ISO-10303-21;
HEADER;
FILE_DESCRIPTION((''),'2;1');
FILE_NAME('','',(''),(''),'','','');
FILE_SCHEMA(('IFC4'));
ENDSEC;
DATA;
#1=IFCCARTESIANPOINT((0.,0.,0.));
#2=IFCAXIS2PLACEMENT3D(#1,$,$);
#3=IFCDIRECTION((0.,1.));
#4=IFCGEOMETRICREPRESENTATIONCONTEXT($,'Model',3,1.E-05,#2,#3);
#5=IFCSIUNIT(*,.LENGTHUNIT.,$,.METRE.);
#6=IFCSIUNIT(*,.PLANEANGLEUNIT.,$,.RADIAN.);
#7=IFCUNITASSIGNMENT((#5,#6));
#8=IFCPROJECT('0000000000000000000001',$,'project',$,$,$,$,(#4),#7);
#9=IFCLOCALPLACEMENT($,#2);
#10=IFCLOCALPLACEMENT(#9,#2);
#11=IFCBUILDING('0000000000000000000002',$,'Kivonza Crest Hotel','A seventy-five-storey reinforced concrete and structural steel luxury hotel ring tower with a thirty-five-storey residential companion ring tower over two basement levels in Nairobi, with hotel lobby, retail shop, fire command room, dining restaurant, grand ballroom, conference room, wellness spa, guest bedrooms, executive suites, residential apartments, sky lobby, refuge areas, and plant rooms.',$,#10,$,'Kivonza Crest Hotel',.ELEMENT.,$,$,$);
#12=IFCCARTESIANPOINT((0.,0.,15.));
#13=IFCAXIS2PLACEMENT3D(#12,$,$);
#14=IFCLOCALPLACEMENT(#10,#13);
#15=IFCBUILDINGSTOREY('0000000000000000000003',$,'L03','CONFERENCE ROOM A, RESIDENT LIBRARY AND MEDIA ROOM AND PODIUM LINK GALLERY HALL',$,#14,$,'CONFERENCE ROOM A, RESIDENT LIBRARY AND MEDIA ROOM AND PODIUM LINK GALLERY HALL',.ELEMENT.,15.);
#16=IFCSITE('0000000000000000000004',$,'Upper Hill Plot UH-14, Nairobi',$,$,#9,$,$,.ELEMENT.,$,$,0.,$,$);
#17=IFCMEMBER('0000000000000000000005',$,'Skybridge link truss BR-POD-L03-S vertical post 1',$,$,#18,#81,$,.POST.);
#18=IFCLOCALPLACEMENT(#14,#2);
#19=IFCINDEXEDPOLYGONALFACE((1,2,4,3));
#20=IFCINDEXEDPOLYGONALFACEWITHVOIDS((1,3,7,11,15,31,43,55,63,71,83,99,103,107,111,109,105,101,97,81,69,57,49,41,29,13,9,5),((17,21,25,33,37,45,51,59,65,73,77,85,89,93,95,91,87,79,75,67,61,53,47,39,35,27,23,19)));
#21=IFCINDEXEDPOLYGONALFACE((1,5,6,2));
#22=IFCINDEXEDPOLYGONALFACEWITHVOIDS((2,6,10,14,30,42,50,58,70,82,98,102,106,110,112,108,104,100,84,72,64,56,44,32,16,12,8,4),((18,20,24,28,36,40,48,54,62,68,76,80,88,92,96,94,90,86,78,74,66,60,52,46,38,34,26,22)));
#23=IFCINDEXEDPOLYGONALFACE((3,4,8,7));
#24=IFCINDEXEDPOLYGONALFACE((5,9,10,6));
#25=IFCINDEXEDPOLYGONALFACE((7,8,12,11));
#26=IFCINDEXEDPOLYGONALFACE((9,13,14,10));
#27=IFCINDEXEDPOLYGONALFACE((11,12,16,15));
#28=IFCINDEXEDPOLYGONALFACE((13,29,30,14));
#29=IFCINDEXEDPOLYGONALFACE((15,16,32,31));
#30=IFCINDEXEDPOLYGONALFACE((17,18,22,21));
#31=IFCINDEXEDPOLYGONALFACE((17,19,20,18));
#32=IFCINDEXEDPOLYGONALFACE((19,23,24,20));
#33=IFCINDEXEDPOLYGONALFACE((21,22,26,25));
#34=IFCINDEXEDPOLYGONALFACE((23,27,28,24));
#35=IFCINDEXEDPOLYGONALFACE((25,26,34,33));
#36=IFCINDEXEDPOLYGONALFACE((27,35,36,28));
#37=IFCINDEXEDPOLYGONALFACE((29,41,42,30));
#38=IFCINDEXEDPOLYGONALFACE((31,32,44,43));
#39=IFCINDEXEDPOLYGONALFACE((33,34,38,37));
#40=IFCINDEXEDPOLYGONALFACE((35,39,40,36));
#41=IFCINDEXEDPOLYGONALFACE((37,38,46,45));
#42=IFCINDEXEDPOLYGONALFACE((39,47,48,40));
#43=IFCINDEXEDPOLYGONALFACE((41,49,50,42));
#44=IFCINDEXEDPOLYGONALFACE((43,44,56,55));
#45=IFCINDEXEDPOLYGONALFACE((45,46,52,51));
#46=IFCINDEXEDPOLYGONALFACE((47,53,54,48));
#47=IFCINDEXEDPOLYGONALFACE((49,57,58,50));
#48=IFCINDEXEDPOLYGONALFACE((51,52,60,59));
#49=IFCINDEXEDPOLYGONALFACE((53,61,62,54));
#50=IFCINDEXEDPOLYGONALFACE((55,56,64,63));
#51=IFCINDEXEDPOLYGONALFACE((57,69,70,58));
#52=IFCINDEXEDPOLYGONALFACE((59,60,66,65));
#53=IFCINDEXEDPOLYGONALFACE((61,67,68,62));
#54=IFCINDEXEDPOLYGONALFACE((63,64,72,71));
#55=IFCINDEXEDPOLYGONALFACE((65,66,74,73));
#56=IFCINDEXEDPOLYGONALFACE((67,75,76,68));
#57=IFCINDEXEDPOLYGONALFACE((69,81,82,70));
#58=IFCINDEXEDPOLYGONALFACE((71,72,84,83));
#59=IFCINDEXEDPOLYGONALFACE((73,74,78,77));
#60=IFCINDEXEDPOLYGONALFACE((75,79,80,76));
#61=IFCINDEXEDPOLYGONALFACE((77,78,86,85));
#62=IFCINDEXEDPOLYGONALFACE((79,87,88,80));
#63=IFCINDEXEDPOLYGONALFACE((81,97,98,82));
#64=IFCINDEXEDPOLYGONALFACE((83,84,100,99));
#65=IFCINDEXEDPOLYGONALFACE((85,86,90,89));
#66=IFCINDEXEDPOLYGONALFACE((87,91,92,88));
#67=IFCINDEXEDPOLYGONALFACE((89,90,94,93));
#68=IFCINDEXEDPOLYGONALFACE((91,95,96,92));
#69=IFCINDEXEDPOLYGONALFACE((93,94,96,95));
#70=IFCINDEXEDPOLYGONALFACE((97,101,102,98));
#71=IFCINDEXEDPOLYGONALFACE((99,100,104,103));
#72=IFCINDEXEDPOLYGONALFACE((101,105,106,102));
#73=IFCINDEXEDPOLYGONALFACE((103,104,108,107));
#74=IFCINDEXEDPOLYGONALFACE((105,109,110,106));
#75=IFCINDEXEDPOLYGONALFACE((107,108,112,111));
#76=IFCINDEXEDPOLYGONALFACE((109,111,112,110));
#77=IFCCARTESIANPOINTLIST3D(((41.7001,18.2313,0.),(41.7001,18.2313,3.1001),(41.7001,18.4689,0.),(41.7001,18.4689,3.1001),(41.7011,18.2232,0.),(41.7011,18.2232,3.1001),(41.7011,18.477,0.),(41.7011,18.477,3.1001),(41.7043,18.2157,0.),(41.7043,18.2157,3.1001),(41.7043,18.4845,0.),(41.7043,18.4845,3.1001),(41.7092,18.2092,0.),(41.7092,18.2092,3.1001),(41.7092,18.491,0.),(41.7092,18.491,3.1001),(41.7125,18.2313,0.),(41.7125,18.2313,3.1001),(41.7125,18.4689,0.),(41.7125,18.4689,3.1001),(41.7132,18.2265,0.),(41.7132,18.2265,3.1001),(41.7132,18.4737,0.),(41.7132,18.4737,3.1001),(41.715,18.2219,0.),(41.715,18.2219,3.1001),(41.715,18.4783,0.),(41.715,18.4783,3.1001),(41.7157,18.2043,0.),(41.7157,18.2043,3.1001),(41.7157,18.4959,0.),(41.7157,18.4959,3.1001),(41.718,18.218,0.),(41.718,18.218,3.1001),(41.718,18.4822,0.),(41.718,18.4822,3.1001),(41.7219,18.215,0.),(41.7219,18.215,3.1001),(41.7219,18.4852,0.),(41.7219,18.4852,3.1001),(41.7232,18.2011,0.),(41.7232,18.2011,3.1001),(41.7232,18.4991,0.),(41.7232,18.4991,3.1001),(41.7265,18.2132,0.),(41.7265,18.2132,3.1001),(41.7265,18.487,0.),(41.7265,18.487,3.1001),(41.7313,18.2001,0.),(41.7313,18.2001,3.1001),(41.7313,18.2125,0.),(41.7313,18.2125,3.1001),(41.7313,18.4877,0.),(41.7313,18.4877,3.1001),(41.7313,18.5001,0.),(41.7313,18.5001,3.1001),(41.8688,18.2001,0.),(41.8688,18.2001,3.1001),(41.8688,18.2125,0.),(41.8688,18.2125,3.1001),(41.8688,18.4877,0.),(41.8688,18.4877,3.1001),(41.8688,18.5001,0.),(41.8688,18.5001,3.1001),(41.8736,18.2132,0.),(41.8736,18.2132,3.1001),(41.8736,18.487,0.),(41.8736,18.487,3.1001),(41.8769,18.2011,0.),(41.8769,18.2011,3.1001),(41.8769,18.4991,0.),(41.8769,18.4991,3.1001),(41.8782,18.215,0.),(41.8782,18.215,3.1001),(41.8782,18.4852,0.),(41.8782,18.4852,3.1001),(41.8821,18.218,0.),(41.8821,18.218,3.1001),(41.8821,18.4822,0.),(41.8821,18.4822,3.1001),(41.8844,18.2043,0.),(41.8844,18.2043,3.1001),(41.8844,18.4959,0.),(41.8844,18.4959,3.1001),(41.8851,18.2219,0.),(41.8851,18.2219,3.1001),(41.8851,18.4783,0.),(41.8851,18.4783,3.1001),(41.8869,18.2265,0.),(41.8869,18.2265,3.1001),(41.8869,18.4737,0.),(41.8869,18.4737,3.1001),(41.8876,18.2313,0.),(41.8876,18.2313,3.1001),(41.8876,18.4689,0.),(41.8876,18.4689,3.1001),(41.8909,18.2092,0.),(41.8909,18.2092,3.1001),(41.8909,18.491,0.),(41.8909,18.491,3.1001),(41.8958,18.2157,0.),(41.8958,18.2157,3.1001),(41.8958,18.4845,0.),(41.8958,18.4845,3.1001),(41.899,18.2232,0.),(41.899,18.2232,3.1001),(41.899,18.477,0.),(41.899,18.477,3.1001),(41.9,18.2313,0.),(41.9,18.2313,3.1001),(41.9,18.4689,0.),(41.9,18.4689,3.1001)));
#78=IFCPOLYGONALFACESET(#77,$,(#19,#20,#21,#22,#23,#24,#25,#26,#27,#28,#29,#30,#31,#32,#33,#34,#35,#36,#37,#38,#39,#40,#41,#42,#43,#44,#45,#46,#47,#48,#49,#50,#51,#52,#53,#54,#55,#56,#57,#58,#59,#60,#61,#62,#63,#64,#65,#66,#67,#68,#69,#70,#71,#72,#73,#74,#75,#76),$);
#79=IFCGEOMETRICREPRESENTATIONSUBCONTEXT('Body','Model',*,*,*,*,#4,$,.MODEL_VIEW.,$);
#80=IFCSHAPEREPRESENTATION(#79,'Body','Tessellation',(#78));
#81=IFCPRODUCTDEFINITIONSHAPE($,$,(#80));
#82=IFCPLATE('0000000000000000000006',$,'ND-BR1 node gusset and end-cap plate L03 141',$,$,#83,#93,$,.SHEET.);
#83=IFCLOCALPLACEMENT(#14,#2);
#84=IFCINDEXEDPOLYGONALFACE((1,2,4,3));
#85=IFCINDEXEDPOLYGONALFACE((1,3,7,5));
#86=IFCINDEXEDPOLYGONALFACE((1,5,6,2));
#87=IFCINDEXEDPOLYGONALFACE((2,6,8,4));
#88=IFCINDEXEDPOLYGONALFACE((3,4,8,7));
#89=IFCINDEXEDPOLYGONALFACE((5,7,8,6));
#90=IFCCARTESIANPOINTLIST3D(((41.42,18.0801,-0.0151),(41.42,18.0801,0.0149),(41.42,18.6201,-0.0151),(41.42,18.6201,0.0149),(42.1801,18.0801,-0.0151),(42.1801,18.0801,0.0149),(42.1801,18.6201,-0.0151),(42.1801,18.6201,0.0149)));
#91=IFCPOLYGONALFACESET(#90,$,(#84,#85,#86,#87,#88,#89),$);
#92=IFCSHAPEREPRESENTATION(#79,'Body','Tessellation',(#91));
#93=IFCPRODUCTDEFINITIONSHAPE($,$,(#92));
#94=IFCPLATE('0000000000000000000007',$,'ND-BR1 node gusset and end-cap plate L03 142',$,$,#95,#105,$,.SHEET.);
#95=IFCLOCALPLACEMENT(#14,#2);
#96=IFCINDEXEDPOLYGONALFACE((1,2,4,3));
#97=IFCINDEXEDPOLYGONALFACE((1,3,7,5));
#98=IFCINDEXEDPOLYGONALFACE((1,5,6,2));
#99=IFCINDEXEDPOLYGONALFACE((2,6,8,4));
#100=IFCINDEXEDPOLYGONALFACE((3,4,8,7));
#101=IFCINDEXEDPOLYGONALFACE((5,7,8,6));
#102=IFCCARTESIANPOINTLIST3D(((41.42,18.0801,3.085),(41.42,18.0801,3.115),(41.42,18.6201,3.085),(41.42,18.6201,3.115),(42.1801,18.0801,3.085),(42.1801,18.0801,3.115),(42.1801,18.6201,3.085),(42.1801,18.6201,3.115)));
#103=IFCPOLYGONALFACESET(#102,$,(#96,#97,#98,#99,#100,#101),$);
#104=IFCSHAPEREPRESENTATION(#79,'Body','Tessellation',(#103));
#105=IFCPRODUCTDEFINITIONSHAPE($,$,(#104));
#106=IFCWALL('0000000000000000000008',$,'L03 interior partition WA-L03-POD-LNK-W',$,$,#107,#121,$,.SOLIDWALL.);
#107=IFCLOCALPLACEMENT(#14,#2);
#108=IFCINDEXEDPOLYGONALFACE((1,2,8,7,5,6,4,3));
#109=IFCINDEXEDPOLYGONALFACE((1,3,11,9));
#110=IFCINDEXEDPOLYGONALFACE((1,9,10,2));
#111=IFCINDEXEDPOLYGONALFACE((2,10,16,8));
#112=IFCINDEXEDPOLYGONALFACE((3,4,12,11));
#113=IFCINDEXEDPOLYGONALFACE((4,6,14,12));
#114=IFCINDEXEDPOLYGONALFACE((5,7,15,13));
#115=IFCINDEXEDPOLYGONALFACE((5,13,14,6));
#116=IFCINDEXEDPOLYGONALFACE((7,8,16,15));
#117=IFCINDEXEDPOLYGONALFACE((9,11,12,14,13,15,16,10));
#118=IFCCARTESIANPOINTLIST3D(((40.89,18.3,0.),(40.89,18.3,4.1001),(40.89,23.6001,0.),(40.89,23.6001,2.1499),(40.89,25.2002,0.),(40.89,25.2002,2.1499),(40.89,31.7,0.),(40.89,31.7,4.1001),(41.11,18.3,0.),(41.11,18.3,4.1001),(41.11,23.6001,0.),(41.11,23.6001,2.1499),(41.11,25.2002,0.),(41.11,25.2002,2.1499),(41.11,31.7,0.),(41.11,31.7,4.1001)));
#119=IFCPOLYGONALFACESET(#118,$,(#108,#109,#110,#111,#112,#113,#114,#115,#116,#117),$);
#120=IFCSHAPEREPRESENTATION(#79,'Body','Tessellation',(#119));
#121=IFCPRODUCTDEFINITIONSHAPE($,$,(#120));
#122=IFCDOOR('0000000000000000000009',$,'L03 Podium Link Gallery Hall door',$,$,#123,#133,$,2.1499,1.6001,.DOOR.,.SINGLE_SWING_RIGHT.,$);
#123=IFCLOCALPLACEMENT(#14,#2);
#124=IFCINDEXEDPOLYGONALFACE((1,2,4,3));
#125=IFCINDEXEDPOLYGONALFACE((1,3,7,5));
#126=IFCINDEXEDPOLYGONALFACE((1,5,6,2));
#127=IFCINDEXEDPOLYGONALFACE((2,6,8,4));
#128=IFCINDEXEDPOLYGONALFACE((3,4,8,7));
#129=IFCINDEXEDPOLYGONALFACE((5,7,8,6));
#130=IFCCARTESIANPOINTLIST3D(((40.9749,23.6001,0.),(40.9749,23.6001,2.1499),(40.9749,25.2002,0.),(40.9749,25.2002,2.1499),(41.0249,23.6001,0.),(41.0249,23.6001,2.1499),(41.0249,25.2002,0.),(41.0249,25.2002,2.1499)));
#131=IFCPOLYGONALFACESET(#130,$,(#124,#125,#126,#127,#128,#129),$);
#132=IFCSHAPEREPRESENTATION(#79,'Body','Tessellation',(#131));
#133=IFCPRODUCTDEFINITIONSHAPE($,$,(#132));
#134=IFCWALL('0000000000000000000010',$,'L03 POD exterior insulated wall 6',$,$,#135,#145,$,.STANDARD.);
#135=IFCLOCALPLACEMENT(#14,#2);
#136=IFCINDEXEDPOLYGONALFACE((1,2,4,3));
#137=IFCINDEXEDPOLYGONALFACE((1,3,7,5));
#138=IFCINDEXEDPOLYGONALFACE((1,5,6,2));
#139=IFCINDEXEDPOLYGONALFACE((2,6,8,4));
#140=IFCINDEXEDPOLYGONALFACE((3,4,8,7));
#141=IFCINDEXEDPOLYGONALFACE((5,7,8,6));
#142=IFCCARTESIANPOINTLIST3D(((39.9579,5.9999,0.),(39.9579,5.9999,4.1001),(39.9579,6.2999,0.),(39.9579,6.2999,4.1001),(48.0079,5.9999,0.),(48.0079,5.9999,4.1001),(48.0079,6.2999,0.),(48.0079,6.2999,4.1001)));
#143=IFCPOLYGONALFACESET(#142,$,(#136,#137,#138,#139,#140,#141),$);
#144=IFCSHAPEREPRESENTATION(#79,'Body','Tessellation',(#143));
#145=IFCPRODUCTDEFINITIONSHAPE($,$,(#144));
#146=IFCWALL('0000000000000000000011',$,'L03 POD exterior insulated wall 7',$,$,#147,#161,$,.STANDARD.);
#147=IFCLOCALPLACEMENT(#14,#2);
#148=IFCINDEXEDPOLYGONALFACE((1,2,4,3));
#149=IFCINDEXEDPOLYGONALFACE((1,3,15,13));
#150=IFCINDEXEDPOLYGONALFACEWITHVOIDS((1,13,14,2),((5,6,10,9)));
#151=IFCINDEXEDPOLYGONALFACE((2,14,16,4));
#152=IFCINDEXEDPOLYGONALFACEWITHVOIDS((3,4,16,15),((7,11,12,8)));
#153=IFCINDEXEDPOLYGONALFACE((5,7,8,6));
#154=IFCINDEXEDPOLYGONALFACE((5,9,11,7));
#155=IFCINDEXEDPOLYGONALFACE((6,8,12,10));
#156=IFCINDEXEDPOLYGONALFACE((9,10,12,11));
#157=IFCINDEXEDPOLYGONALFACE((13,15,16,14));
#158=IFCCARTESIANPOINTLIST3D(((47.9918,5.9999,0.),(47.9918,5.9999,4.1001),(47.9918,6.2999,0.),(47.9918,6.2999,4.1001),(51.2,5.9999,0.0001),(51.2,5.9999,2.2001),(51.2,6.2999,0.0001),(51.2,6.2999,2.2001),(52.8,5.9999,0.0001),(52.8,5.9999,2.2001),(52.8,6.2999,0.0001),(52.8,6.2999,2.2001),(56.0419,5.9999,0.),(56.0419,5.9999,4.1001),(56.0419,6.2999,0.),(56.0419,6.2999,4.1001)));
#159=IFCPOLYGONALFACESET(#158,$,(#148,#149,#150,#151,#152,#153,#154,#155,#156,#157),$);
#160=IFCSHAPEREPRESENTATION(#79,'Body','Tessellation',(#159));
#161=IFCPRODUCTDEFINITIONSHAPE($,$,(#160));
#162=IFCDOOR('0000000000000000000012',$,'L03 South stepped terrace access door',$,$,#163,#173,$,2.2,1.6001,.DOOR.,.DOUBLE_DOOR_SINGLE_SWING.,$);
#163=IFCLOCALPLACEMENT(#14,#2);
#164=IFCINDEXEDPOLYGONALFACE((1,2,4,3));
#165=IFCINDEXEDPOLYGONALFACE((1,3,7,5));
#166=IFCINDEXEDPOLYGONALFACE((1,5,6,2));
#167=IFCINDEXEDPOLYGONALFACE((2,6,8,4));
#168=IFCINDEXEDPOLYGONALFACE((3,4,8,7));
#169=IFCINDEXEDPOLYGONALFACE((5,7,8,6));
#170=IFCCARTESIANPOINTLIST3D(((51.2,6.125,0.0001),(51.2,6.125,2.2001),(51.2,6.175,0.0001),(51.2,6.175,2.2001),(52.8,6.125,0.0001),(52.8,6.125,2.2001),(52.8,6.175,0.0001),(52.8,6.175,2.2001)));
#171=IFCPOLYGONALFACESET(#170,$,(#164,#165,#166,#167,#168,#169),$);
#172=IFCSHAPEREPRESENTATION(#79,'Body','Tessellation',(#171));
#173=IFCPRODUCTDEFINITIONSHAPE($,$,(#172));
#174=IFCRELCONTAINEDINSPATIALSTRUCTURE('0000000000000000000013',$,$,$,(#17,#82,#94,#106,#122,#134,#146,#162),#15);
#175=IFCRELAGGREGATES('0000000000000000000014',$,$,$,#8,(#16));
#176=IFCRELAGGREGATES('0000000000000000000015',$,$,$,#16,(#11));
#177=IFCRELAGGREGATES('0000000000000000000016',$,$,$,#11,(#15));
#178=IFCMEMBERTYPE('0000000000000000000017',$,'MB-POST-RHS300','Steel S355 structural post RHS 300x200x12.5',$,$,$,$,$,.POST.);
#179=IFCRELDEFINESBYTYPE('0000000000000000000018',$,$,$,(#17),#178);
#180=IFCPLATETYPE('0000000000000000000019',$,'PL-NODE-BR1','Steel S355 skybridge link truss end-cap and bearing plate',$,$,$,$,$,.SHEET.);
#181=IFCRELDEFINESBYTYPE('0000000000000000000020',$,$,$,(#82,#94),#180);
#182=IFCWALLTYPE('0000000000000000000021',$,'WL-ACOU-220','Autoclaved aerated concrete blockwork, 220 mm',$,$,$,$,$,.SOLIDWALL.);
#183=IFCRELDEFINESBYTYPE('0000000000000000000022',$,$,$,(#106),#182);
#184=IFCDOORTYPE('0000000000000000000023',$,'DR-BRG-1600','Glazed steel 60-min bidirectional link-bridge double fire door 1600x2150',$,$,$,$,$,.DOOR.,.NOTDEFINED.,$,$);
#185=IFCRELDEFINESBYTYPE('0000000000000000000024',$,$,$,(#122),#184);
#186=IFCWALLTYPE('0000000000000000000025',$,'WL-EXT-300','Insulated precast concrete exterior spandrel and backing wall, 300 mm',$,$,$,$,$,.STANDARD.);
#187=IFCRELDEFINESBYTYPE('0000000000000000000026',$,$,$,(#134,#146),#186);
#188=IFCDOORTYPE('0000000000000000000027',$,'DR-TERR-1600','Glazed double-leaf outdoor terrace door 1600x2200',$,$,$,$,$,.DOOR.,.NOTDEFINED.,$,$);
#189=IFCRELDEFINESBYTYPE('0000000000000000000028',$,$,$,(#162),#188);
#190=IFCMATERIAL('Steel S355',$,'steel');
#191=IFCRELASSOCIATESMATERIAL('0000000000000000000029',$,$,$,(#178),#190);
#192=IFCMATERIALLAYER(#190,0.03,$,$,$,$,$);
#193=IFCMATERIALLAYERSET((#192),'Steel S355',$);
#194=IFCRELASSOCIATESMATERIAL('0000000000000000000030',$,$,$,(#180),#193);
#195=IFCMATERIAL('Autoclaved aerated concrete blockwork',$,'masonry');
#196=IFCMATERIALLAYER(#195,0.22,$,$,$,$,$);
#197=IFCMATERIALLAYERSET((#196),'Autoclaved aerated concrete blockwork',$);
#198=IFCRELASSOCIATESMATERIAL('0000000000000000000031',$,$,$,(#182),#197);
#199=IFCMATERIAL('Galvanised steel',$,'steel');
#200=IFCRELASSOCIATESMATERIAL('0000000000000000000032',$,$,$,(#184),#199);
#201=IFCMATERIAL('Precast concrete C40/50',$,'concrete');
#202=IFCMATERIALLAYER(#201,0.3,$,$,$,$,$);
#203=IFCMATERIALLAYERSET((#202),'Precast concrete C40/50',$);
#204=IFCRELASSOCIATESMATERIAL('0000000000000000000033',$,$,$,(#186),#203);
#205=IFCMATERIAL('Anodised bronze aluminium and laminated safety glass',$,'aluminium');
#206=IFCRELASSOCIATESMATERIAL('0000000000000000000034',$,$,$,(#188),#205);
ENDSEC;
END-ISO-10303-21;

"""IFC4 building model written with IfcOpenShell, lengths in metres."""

from ifc_helpers import new_model, si_unit, direction, frame, frame_2d, origin, origin_2d, place, context, subcontext, project, spatial, rectangle, hollow_rectangle, extrude, material, layer, layer_set, material_profile, profile_set, type_object, element, fill, save


model = new_model("IFC4")

# Units and contexts
model_context = context("Model", 3, precision=1e-05, world=origin(), true_north=direction((0.0, 1.0)))
body_context = subcontext(model_context, "Body", "Model", "MODEL_VIEW")
ifc_project = project(units=[si_unit("LENGTHUNIT", "METRE"), si_unit("PLANEANGLEUNIT", "RADIAN")], contexts=[model_context])

# Site, building, storey
site_placement = place(None, origin())
site = spatial("IfcSite", under=ifc_project, at=site_placement, Name="Upper Hill Plot UH-14, Nairobi", CompositionType="ELEMENT", RefElevation=0.0)
building_placement = place(site_placement, origin())
building = spatial("IfcBuilding", under=site, at=building_placement, Name="Kivonza Crest Hotel", Description="A seventy-five-storey reinforced concrete and structural steel luxury hotel ring tower with a thirty-five-storey residential companion ring tower over two basement levels in Nairobi, with hotel lobby, retail shop, fire command room, dining restaurant, grand ballroom, conference room, wellness spa, guest bedrooms, executive suites, residential apartments, sky lobby, refuge areas, and plant rooms.", LongName="Kivonza Crest Hotel", CompositionType="ELEMENT")
storey_placement = place(building_placement, frame((0.0, 0.0, 15.0)))
storey = spatial("IfcBuildingStorey", under=building, at=storey_placement, Name="L03", Description="CONFERENCE ROOM A, RESIDENT LIBRARY AND MEDIA ROOM AND PODIUM LINK GALLERY HALL", LongName="CONFERENCE ROOM A, RESIDENT LIBRARY AND MEDIA ROOM AND PODIUM LINK GALLERY HALL", CompositionType="ELEMENT", Elevation=15.0)

# Shared definitions
ifc_material_1 = material(Name="Steel S355", Category="steel")

# Member
ifc_material_profile_1 = material_profile(ifc_material_1, hollow_rectangle(XDim=0.2, YDim=0.3, WallThickness=0.0125, InnerFilletRadius=0.0188, OuterFilletRadius=0.0312, at=origin_2d()), Name="RHS 300x200x12.5")
ifc_profile_set_1 = profile_set([ifc_material_profile_1], Name="Steel S355")
member_type_1 = type_object("IfcMemberType", Name="MB-POST-RHS300", Description="Steel S355 structural post RHS 300x200x12.5", PredefinedType="POST", material=ifc_profile_set_1)
member_1_placement = place(storey_placement, frame((41.8, 18.3501, 0.0), z_axis=(0.0, 0.0, 1.0), x_axis=(1.0, 0.0, 0.0)))
element("IfcMember", 1, at=member_1_placement, inside=storey, type_object=member_type_1, Name="Skybridge link truss BR-POD-L03-S vertical post 1", PredefinedType="POST", context=body_context, shape_type="SweptSolid", body=[
    extrude(hollow_rectangle(XDim=0.2, YDim=0.3, WallThickness=0.0125, InnerFilletRadius=0.0188, OuterFilletRadius=0.0312, at=origin_2d()), origin(), (0.0, 0.0, 1.0), 3.1001),
])

# Plates
ifc_layer_1 = layer(ifc_material_1, 0.03)
ifc_layer_set_1 = layer_set([ifc_layer_1], Name="Steel S355")
plate_type = type_object("IfcPlateType", Name="PL-NODE-BR1", Description="Steel S355 skybridge link truss end-cap and bearing plate", PredefinedType="SHEET", material=ifc_layer_set_1)
for number, where, z_axis, x_axis, name in (
    (2, (41.8, 18.3501, -0.0151), (0.0, 0.0, 1.0), (1.0, 0.0, 0.0), "ND-BR1 node gusset and end-cap plate L03 141"),
    (3, (41.8, 18.3501, 3.085), (0.0, 0.0, 1.0), (1.0, 0.0, 0.0), "ND-BR1 node gusset and end-cap plate L03 142"),
):
    element("IfcPlate", number, at=place(storey_placement, frame(where, z_axis=z_axis, x_axis=x_axis)), inside=storey, type_object=plate_type, Name=name, PredefinedType="SHEET", context=body_context, shape_type="SweptSolid", body=[
        extrude(rectangle(XDim=0.76, YDim=0.54, at=origin_2d()), origin(), (0.0, 0.0, 1.0), 0.03),
    ])

# Wall, opening, door
ifc_material_2 = material(Name="Autoclaved aerated concrete blockwork", Category="masonry")
ifc_layer_2 = layer(ifc_material_2, 0.22)
ifc_layer_set_2 = layer_set([ifc_layer_2], Name="Autoclaved aerated concrete blockwork")
wall_type_1 = type_object("IfcWallType", Name="WL-ACOU-220", Description="Autoclaved aerated concrete blockwork, 220 mm", PredefinedType="SOLIDWALL", material=ifc_layer_set_2)
wall_1_placement = place(storey_placement, frame((41.0, 18.3, 0.0), z_axis=(0.0, 0.0, 1.0), x_axis=(0.0, 1.0, 0.0)))
wall_1 = element("IfcWall", 4, at=wall_1_placement, inside=storey, type_object=wall_type_1, Name="L03 interior partition WA-L03-POD-LNK-W", PredefinedType="SOLIDWALL", context=body_context, shape_type="SweptSolid", body=[
    extrude(rectangle(XDim=13.3999, YDim=0.22, at=frame_2d((6.7, 0.0))), origin(), (0.0, 0.0, 1.0), 4.1001),
])
opening_1_placement = place(wall_1_placement, frame((5.3, 0.0, 0.0)))
opening_1 = element("IfcOpeningElement", 5, at=opening_1_placement, cuts=wall_1, PredefinedType="OPENING", context=body_context, shape_type="SweptSolid", body=[
    extrude(rectangle(XDim=1.6001, YDim=2.1499, at=frame_2d((0.8, 1.075))), frame((0.0, 0.1201, 0.0), z_axis=(0.0, -1.0, 0.0), x_axis=(1.0, 0.0, 0.0)), (0.0, 0.0, 1.0), 0.24),
])
ifc_material_3 = material(Name="Galvanised steel", Category="steel")
door_type_1 = type_object("IfcDoorType", Name="DR-BRG-1600", Description="Glazed steel 60-min bidirectional link-bridge double fire door 1600x2150", OperationType="NOTDEFINED", PredefinedType="DOOR", material=ifc_material_3)
door_1_placement = place(opening_1_placement, frame((1.6001, 0.0, 0.0), z_axis=(0.0, 0.0, 1.0), x_axis=(-1.0, 0.0, 0.0)))
door_1 = element("IfcDoor", 6, at=door_1_placement, inside=storey, type_object=door_type_1, Name="L03 Podium Link Gallery Hall door", OperationType="SINGLE_SWING_RIGHT", OverallHeight=2.1499, OverallWidth=1.6001, PredefinedType="DOOR", context=body_context, shape_type="SweptSolid", body=[
    extrude(rectangle(XDim=1.6001, YDim=2.1499, at=frame_2d((0.8, 1.075))), frame((0.0, 0.0249, 0.0), z_axis=(0.0, -1.0, 0.0), x_axis=(1.0, 0.0, 0.0)), (0.0, 0.0, 1.0), 0.05),
])
fill(opening_1, door_1)

# Wall
ifc_material_4 = material(Name="Precast concrete C40/50", Category="concrete")
ifc_layer_3 = layer(ifc_material_4, 0.3)
ifc_layer_set_3 = layer_set([ifc_layer_3], Name="Precast concrete C40/50")
wall_type_2 = type_object("IfcWallType", Name="WL-EXT-300", Description="Insulated precast concrete exterior spandrel and backing wall, 300 mm", PredefinedType="STANDARD", material=ifc_layer_set_3)
wall_2_placement = place(storey_placement, frame((39.958, 6.1499, 0.0), z_axis=(0.0, 0.0, 1.0), x_axis=(1.0, 0.0, 0.0)))
element("IfcWall", 7, at=wall_2_placement, inside=storey, type_object=wall_type_2, Name="L03 POD exterior insulated wall 6", PredefinedType="STANDARD", context=body_context, shape_type="SweptSolid", body=[
    extrude(rectangle(XDim=8.05, YDim=0.3, at=frame_2d((4.0249, 0.0))), origin(), (0.0, 0.0, 1.0), 4.1001),
])

# Wall, opening, door
wall_3_placement = place(storey_placement, frame((47.9919, 6.1499, 0.0), z_axis=(0.0, 0.0, 1.0), x_axis=(1.0, 0.0, 0.0)))
wall_3 = element("IfcWall", 8, at=wall_3_placement, inside=storey, type_object=wall_type_2, Name="L03 POD exterior insulated wall 7", PredefinedType="STANDARD", context=body_context, shape_type="SweptSolid", body=[
    extrude(rectangle(XDim=8.05, YDim=0.3, at=frame_2d((4.0249, 0.0))), origin(), (0.0, 0.0, 1.0), 4.1001),
])
opening_2_placement = place(wall_3_placement, frame((3.208, 0.0, 0.0)))
opening_2 = element("IfcOpeningElement", 9, at=opening_2_placement, cuts=wall_3, PredefinedType="OPENING", context=body_context, shape_type="SweptSolid", body=[
    extrude(rectangle(XDim=1.6001, YDim=2.2, at=frame_2d((0.8, 1.1001))), frame((0.0, 0.1602, 0.0), z_axis=(0.0, -1.0, 0.0), x_axis=(1.0, 0.0, 0.0)), (0.0, 0.0, 1.0), 0.3201),
])
ifc_material_5 = material(Name="Anodised bronze aluminium and laminated safety glass", Category="aluminium")
door_type_2 = type_object("IfcDoorType", Name="DR-TERR-1600", Description="Glazed double-leaf outdoor terrace door 1600x2200", OperationType="NOTDEFINED", PredefinedType="DOOR", material=ifc_material_5)
door_2_placement = place(opening_2_placement, frame((1.6001, 0.0, 0.0), z_axis=(0.0, 0.0, 1.0), x_axis=(-1.0, 0.0, 0.0)))
door_2 = element("IfcDoor", 10, at=door_2_placement, inside=storey, type_object=door_type_2, Name="L03 South stepped terrace access door", OperationType="DOUBLE_DOOR_SINGLE_SWING", OverallHeight=2.2, OverallWidth=1.6001, PredefinedType="DOOR", context=body_context, shape_type="SweptSolid", body=[
    extrude(rectangle(XDim=1.6001, YDim=2.2, at=frame_2d((0.8, 1.1001))), frame((0.0, 0.0249, 0.0), z_axis=(0.0, -1.0, 0.0), x_axis=(1.0, 0.0, 0.0)), (0.0, 0.0, 1.0), 0.05),
])
fill(opening_2, door_2)

save(model, "model.ifc")
